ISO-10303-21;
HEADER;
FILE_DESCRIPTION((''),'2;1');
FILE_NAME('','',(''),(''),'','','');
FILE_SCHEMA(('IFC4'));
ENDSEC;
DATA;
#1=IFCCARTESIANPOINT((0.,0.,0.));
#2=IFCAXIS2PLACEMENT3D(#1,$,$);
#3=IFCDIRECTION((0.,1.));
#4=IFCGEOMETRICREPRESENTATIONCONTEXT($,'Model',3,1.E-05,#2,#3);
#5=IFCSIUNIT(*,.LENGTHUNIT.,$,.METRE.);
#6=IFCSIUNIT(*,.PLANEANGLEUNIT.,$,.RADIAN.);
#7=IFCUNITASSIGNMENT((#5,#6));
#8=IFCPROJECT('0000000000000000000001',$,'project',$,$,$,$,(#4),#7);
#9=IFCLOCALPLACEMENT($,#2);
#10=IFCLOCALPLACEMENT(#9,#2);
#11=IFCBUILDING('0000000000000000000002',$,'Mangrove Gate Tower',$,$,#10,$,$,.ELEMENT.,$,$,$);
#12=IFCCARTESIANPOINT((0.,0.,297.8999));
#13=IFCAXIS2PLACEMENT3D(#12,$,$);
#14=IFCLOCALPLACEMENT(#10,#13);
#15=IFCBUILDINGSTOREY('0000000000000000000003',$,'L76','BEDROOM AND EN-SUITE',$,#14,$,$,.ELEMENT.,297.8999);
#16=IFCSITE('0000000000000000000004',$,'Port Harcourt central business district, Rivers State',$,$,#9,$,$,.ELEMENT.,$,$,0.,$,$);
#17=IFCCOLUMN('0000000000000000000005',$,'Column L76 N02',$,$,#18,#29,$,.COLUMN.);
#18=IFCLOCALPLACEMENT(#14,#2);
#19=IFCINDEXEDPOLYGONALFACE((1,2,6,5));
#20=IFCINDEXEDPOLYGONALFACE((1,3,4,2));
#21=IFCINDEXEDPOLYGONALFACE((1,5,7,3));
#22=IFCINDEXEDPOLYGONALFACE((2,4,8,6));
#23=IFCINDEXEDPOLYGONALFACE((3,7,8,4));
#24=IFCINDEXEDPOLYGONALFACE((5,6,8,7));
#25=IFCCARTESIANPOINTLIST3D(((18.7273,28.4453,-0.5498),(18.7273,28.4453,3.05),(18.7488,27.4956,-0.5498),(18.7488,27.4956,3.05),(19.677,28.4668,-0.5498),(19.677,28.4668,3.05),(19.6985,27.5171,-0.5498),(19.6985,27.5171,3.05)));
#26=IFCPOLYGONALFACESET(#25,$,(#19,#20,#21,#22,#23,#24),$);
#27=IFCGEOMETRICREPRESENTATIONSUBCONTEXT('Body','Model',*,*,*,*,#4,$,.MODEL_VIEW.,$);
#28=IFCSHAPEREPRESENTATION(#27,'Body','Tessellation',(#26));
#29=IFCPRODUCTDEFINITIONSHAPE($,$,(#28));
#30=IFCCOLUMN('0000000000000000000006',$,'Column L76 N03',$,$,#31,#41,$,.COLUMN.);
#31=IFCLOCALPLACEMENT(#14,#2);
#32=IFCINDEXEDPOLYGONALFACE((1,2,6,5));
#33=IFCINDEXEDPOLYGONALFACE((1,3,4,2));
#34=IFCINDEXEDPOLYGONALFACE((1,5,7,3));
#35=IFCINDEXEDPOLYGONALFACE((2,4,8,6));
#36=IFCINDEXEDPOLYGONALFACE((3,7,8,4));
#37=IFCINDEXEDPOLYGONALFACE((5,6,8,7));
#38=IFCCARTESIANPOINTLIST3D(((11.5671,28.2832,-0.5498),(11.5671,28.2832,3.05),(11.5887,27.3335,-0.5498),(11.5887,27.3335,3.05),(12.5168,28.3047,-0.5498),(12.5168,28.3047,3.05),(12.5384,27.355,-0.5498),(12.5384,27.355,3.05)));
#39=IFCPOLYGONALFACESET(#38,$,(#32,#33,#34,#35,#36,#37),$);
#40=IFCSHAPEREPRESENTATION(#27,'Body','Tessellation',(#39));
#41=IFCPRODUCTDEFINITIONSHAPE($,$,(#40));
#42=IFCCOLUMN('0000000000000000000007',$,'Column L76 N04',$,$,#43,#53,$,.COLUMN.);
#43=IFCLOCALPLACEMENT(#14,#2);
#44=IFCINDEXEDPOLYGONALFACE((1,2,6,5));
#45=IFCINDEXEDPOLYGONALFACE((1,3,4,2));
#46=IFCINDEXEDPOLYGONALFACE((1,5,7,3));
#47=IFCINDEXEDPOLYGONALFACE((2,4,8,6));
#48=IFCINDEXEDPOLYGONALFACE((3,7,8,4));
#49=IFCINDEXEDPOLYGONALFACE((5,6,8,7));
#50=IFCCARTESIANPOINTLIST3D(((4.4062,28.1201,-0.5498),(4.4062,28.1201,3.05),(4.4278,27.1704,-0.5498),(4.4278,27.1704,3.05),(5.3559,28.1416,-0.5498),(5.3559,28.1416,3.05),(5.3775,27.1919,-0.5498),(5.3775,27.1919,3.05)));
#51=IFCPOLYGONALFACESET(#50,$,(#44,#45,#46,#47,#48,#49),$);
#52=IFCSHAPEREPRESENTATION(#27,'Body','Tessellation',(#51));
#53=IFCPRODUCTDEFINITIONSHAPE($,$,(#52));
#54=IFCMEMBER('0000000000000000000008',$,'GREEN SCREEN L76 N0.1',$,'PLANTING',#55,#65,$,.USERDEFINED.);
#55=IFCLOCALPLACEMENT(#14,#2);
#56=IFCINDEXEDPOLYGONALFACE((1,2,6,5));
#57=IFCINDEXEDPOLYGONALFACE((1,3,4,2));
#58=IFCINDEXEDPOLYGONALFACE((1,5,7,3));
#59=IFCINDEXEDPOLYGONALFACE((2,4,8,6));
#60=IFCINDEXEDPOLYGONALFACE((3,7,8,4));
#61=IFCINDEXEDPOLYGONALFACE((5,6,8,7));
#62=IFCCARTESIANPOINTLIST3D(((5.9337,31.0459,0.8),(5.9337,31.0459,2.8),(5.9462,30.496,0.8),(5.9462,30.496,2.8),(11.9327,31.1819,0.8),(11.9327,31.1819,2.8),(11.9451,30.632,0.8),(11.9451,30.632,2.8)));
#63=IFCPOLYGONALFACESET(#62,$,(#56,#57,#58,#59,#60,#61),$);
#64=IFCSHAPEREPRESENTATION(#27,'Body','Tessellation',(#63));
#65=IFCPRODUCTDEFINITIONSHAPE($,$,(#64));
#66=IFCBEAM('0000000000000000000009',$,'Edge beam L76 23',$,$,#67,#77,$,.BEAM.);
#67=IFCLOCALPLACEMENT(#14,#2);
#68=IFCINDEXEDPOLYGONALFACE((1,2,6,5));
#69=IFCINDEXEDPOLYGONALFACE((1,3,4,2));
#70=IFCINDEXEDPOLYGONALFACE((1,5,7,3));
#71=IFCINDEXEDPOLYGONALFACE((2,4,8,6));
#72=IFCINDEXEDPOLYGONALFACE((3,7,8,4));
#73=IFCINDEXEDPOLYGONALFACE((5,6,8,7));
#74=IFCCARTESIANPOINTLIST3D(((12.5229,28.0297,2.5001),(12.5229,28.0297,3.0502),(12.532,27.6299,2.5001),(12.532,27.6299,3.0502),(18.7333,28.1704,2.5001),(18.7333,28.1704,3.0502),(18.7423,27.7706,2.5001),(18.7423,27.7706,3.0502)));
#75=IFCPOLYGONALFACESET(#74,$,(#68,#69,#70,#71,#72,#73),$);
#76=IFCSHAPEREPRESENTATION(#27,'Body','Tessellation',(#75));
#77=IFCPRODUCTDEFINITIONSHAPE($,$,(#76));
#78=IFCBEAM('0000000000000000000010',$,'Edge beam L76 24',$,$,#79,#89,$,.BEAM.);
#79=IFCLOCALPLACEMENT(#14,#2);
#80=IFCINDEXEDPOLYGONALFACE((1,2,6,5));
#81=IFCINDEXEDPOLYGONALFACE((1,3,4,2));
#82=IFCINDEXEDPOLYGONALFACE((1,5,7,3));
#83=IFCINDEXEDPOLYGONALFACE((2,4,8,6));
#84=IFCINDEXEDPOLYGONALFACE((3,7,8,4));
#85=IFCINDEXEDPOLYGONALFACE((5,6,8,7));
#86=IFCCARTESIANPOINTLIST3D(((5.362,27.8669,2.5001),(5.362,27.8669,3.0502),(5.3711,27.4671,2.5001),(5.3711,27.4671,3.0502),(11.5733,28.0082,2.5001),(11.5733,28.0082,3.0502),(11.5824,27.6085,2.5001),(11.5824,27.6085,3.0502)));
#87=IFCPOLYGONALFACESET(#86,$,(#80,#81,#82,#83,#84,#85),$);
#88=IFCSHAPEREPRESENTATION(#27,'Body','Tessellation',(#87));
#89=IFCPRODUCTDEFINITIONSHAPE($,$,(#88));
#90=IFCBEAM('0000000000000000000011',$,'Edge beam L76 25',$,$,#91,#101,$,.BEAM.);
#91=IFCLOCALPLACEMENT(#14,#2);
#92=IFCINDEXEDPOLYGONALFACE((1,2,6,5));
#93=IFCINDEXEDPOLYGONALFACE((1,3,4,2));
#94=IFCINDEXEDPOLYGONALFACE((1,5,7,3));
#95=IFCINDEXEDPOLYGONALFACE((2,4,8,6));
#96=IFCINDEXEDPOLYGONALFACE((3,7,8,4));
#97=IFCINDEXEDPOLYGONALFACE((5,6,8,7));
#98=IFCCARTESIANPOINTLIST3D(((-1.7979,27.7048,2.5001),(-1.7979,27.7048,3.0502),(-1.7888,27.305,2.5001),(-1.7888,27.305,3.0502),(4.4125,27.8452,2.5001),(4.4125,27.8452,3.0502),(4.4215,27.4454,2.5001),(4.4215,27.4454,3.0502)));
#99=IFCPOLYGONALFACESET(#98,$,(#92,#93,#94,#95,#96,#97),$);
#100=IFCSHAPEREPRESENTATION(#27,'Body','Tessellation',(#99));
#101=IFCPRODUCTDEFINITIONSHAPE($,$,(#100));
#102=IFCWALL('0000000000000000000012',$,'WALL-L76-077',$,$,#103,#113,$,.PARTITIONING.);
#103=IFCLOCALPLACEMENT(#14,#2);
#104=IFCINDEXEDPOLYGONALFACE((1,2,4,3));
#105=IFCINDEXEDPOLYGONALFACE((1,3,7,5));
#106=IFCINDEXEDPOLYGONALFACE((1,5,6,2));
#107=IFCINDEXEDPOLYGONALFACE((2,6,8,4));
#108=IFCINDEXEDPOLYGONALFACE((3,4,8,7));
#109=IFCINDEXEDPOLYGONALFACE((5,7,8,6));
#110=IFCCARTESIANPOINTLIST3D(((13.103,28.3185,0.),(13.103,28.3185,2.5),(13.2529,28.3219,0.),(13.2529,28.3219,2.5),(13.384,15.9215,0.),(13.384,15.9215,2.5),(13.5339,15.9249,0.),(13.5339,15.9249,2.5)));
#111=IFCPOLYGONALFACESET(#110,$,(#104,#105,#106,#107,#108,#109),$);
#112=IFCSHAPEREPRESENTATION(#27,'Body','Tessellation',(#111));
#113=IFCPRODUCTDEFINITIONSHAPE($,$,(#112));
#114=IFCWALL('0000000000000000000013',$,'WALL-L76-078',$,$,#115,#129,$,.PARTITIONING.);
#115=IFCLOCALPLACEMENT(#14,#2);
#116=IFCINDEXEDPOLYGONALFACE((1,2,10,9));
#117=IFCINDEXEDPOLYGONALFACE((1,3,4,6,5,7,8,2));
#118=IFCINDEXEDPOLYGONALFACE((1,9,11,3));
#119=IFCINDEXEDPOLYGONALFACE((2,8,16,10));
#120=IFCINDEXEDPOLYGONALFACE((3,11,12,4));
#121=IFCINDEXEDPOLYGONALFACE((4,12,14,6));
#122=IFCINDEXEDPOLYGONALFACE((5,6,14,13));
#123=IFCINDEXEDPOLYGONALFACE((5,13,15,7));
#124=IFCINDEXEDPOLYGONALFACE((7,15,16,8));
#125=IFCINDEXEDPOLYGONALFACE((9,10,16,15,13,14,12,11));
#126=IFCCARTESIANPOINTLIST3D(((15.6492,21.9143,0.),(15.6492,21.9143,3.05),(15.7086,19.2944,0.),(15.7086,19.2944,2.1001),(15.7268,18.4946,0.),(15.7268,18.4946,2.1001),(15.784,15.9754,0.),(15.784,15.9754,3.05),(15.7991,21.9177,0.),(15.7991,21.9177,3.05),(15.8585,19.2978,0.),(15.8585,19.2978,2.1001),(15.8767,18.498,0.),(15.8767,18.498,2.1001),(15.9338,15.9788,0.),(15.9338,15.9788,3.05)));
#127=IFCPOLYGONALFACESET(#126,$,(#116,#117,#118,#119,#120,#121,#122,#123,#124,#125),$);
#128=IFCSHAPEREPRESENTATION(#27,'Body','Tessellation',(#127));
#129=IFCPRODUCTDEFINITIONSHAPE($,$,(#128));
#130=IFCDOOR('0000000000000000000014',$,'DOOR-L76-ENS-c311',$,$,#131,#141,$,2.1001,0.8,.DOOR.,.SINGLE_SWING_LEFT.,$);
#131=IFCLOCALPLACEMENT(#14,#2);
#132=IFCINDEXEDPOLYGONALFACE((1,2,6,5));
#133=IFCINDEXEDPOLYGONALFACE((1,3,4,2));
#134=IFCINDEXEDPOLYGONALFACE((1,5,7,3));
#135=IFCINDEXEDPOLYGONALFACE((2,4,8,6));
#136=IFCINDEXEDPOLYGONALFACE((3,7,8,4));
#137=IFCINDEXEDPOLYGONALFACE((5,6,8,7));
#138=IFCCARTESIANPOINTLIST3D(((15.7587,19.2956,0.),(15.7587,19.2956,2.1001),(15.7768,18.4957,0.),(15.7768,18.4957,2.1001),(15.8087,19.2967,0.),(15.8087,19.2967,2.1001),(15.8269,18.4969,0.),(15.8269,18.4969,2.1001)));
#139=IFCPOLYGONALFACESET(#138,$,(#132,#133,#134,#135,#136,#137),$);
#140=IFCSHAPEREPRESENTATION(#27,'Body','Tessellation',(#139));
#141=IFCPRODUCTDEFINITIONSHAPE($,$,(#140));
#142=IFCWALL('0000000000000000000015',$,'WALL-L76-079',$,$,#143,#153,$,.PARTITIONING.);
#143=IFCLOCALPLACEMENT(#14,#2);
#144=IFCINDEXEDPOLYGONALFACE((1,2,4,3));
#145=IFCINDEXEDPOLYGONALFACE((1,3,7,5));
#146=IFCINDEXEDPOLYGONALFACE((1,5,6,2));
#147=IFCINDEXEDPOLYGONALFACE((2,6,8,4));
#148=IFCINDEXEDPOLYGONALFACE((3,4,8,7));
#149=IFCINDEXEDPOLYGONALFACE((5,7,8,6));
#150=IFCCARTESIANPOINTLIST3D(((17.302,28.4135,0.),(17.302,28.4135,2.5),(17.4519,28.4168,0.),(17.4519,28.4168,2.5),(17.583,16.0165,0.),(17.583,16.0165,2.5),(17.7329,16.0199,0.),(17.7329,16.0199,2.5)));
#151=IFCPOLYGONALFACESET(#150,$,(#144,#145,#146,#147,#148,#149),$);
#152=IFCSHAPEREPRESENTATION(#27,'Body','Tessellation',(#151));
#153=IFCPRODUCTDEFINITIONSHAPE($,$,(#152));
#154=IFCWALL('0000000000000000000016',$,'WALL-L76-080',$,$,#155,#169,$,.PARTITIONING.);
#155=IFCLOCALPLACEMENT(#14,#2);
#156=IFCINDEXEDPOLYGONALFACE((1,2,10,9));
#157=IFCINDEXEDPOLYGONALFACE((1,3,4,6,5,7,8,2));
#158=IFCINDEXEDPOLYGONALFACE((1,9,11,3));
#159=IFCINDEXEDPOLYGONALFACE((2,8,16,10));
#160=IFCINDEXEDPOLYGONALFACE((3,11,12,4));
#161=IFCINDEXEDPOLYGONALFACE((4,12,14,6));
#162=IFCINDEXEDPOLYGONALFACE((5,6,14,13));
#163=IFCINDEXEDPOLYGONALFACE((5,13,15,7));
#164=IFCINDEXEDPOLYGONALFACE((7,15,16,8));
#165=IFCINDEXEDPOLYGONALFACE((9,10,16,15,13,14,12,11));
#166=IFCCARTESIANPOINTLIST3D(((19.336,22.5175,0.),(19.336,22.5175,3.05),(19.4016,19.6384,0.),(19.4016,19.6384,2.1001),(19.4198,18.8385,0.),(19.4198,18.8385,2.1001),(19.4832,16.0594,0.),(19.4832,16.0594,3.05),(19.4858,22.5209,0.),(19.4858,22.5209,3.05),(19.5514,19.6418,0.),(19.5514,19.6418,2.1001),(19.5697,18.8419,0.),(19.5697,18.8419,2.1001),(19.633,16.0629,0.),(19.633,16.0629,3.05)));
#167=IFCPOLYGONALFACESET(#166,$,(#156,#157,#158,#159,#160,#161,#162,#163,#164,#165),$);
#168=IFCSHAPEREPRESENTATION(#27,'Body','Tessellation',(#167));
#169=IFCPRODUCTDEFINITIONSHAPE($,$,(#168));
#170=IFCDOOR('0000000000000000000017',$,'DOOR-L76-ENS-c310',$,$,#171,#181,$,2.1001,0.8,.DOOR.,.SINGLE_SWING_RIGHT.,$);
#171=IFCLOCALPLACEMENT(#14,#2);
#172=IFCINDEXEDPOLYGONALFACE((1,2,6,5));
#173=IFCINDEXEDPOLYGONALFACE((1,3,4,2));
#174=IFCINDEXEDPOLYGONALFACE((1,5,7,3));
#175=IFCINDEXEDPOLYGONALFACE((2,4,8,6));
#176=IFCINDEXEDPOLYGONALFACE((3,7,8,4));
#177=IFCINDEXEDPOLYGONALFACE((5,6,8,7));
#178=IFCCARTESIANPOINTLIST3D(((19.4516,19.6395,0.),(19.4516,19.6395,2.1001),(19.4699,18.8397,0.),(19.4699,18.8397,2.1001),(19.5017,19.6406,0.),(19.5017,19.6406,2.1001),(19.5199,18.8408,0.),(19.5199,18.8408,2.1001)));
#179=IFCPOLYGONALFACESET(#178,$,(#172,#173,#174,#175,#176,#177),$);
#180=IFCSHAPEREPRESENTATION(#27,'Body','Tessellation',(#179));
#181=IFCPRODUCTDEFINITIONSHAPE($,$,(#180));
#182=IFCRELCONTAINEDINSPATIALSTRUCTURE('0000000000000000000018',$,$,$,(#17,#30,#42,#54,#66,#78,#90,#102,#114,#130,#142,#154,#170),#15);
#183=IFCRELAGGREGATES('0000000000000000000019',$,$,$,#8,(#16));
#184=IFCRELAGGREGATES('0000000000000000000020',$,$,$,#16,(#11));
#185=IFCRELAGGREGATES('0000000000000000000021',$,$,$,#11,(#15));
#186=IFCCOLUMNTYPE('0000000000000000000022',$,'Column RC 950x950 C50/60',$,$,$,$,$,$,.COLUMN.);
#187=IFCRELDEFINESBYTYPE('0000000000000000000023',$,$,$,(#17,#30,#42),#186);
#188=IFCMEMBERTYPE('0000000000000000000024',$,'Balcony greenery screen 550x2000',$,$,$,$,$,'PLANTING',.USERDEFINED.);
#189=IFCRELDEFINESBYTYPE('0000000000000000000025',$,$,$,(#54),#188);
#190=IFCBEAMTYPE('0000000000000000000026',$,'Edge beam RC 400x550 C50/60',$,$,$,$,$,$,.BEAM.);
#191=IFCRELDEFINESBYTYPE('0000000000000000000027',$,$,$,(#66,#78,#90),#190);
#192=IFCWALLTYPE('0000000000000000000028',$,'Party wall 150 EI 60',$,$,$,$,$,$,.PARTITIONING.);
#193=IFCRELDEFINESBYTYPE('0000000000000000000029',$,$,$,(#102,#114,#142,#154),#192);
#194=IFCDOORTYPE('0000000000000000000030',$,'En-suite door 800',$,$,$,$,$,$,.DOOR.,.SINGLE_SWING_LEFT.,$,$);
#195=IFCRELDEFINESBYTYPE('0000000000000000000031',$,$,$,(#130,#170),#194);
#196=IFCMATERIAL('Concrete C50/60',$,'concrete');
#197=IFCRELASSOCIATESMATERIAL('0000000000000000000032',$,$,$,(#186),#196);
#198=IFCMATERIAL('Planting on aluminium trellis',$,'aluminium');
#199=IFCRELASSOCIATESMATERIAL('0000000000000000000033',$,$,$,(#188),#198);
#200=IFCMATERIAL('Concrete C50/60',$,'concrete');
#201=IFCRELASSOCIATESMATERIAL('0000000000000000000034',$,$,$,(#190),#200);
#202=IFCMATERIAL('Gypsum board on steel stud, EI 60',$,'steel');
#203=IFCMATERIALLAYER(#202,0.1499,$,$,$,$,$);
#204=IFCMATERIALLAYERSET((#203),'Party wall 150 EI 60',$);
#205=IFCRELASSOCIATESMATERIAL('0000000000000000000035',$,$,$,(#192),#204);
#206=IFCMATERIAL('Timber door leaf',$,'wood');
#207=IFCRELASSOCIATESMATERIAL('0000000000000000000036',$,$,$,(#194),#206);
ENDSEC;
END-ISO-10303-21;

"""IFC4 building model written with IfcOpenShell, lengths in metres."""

from ifc_helpers import new_model, si_unit, direction, frame, frame_2d, origin, origin_2d, place, context, subcontext, project, spatial, rectangle, extrude, material, layer, layer_set, material_profile, profile_set, type_object, element, fill, save


model = new_model("IFC4")

# Units and contexts
model_context = context("Model", 3, precision=1e-05, world=origin(), true_north=direction((0.0, 1.0)))
body_context = subcontext(model_context, "Body", "Model", "MODEL_VIEW")
ifc_project = project(units=[si_unit("LENGTHUNIT", "METRE"), si_unit("PLANEANGLEUNIT", "RADIAN")], contexts=[model_context])

# Site, building, storey
site_placement = place(None, origin())
site = spatial("IfcSite", under=ifc_project, at=site_placement, Name="Port Harcourt central business district, Rivers State", CompositionType="ELEMENT", RefElevation=0.0)
building_placement = place(site_placement, origin())
building = spatial("IfcBuilding", under=site, at=building_placement, Name="Mangrove Gate Tower", CompositionType="ELEMENT")
storey_placement = place(building_placement, frame((0.0, 0.0, 297.8999)))
storey = spatial("IfcBuildingStorey", under=building, at=storey_placement, Name="L76", Description="BEDROOM AND EN-SUITE", CompositionType="ELEMENT", Elevation=297.8999)

# Columns
ifc_material_1 = material(Name="Concrete C50/60", Category="concrete")
ifc_material_profile_1 = material_profile(ifc_material_1, rectangle(XDim=0.95, YDim=0.95, at=origin_2d()))
ifc_profile_set_1 = profile_set([ifc_material_profile_1], Name="Concrete C50/60")
column_type = type_object("IfcColumnType", Name="Column RC 950x950 C50/60", PredefinedType="COLUMN", material=ifc_profile_set_1)
for number, where, z_axis, x_axis, name in (
    (1, (19.2129, 27.9812, -0.5498), (0.0, 0.0, 1.0), (-0.999743, -0.022688, 0.0), "Column L76 N02"),
    (2, (12.0527, 27.8191, -0.5498), (0.0, 0.0, 1.0), (-0.999743, -0.022688, 0.0), "Column L76 N03"),
    (3, (4.8918, 27.656, -0.5498), (0.0, 0.0, 1.0), (-0.999743, -0.022688, 0.0), "Column L76 N04"),
):
    element("IfcColumn", number, at=place(storey_placement, frame(where, z_axis=z_axis, x_axis=x_axis)), inside=storey, type_object=column_type, Name=name, PredefinedType="COLUMN", context=body_context, shape_type="SweptSolid", body=[
        extrude(rectangle(XDim=0.95, YDim=0.95, at=origin_2d()), origin(), (0.0, 0.0, 1.0), 3.5999),
    ])

# Member
ifc_material_2 = material(Name="Planting on aluminium trellis", Category="aluminium")
ifc_material_profile_2 = material_profile(ifc_material_2, rectangle(XDim=0.55, YDim=2.0, at=origin_2d()))
ifc_profile_set_2 = profile_set([ifc_material_profile_2], Name="Planting on aluminium trellis")
member_type = type_object("IfcMemberType", Name="Balcony greenery screen 550x2000", ElementType="PLANTING", PredefinedType="USERDEFINED", material=ifc_profile_set_2)
member_placement = place(storey_placement, frame((5.9399, 30.771, 1.8), z_axis=(0.999743, 0.022662, 0.0), x_axis=(-0.022662, 0.999743, 0.0)))
element("IfcMember", 4, at=member_placement, inside=storey, type_object=member_type, Name="GREEN SCREEN L76 N0.1", ObjectType="PLANTING", PredefinedType="USERDEFINED", context=body_context, shape_type="SweptSolid", body=[
    extrude(rectangle(XDim=0.55, YDim=2.0, at=origin_2d()), origin(), (0.0, 0.0, 1.0), 6.0005),
])

# Beams
ifc_material_3 = material(Name="Concrete C50/60", Category="concrete")
ifc_material_profile_3 = material_profile(ifc_material_3, rectangle(XDim=0.3999, YDim=0.55, at=origin_2d()))
ifc_profile_set_3 = profile_set([ifc_material_profile_3], Name="Concrete C50/60")
beam_type = type_object("IfcBeamType", Name="Edge beam RC 400x550 C50/60", PredefinedType="BEAM", material=ifc_profile_set_3)
beam_1_placement = place(storey_placement, frame((18.7378, 27.9705, 2.7751), z_axis=(-0.999744, -0.022638, 0.0), x_axis=(0.022638, -0.999744, 0.0)))
element("IfcBeam", 5, at=beam_1_placement, inside=storey, type_object=beam_type, Name="Edge beam L76 23", PredefinedType="BEAM", context=body_context, shape_type="SweptSolid", body=[
    extrude(rectangle(XDim=0.3999, YDim=0.55, at=origin_2d()), origin(), (0.0, 0.0, 1.0), 6.2119),
])
beam_2_placement = place(storey_placement, frame((11.5779, 27.8083, 2.7751), z_axis=(-0.999741, -0.022753, 0.0), x_axis=(0.022753, -0.999741, 0.0)))
element("IfcBeam", 6, at=beam_2_placement, inside=storey, type_object=beam_type, Name="Edge beam L76 24", PredefinedType="BEAM", context=body_context, shape_type="SweptSolid", body=[
    extrude(rectangle(XDim=0.3999, YDim=0.55, at=origin_2d()), origin(), (0.0, 0.0, 1.0), 6.2129),
])
beam_3_placement = place(storey_placement, frame((4.417, 27.6453, 2.7751), z_axis=(-0.999745, -0.022598, 0.0), x_axis=(0.022598, -0.999745, 0.0)))
element("IfcBeam", 7, at=beam_3_placement, inside=storey, type_object=beam_type, Name="Edge beam L76 25", PredefinedType="BEAM", context=body_context, shape_type="SweptSolid", body=[
    extrude(rectangle(XDim=0.3999, YDim=0.55, at=origin_2d()), origin(), (0.0, 0.0, 1.0), 6.2119),
])

# Wall
ifc_material_4 = material(Name="Gypsum board on steel stud, EI 60", Category="steel")
ifc_layer_1 = layer(ifc_material_4, 0.1499)
ifc_layer_set_1 = layer_set([ifc_layer_1], Name="Party wall 150 EI 60")
wall_type_1 = type_object("IfcWallType", Name="Party wall 150 EI 60", PredefinedType="PARTITIONING", material=ifc_layer_set_1)
wall_1_placement = place(storey_placement, frame((13.459, 15.9231, 0.0), z_axis=(0.0, 0.0, 1.0), x_axis=(-0.022661, 0.999743, 0.0)))
element("IfcWall", 8, at=wall_1_placement, inside=storey, type_object=wall_type_1, Name="WALL-L76-077", PredefinedType="PARTITIONING", context=body_context, shape_type="SweptSolid", body=[
    extrude(rectangle(XDim=12.4001, YDim=0.1499, at=frame_2d((6.2002, 0.0))), origin(), (0.0, 0.0, 1.0), 2.5),
])

# Wall, opening, door
wall_2_placement = place(storey_placement, frame((15.8589, 15.9771, 0.0), z_axis=(0.0, 0.0, 1.0), x_axis=(-0.022686, 0.999743, 0.0)))
wall_2 = element("IfcWall", 9, at=wall_2_placement, inside=storey, type_object=wall_type_1, Name="WALL-L76-078", PredefinedType="PARTITIONING", context=body_context, shape_type="SweptSolid", body=[
    extrude(rectangle(XDim=5.9404, YDim=0.1499, at=frame_2d((2.9702, 0.0))), origin(), (0.0, 0.0, 1.0), 3.05),
])
opening_1_placement = place(wall_2_placement, frame((2.52, 0.0, 0.0)))
opening_1 = element("IfcOpeningElement", 10, at=opening_1_placement, cuts=wall_2, PredefinedType="OPENING", context=body_context, shape_type="SweptSolid", body=[
    extrude(rectangle(XDim=0.8, YDim=2.1001, at=frame_2d((0.3999, 1.05))), frame((0.0, 0.085, 0.0), z_axis=(0.0, -1.0, 0.0), x_axis=(1.0, 0.0, 0.0)), (0.0, 0.0, 1.0), 0.1699),
])
ifc_material_5 = material(Name="Timber door leaf", Category="wood")
door_type = type_object("IfcDoorType", Name="En-suite door 800", OperationType="SINGLE_SWING_LEFT", PredefinedType="DOOR", material=ifc_material_5)
door_1_placement = place(opening_1_placement, origin())
door_1 = element("IfcDoor", 11, at=door_1_placement, inside=storey, type_object=door_type, Name="DOOR-L76-ENS-c311", OperationType="SINGLE_SWING_LEFT", OverallHeight=2.1001, OverallWidth=0.8, PredefinedType="DOOR", context=body_context, shape_type="SweptSolid", body=[
    extrude(rectangle(XDim=0.8, YDim=2.1001, at=frame_2d((0.3999, 1.05))), frame((0.0, 0.0249, 0.0), z_axis=(0.0, -1.0, 0.0), x_axis=(1.0, 0.0, 0.0)), (0.0, 0.0, 1.0), 0.05),
])
fill(opening_1, door_1)

# Wall
wall_3_placement = place(storey_placement, frame((17.658, 16.0181, 0.0), z_axis=(0.0, 0.0, 1.0), x_axis=(-0.022661, 0.999743, 0.0)))
element("IfcWall", 12, at=wall_3_placement, inside=storey, type_object=wall_type_1, Name="WALL-L76-079", PredefinedType="PARTITIONING", context=body_context, shape_type="SweptSolid", body=[
    extrude(rectangle(XDim=12.4001, YDim=0.1499, at=frame_2d((6.2002, 0.0))), origin(), (0.0, 0.0, 1.0), 2.5),
])

# Wall, opening, door
wall_4_placement = place(storey_placement, frame((19.5581, 16.061, 0.0), z_axis=(0.0, 0.0, 1.0), x_axis=(-0.02279, 0.99974, 0.0)))
wall_4 = element("IfcWall", 13, at=wall_4_placement, inside=storey, type_object=wall_type_1, Name="WALL-L76-080", PredefinedType="PARTITIONING", context=body_context, shape_type="SweptSolid", body=[
    extrude(rectangle(XDim=6.4597, YDim=0.1499, at=frame_2d((3.23, 0.0))), origin(), (0.0, 0.0, 1.0), 3.05),
])
opening_2_placement = place(wall_4_placement, frame((2.78, 0.0, 0.0)))
opening_2 = element("IfcOpeningElement", 14, at=opening_2_placement, cuts=wall_4, PredefinedType="OPENING", context=body_context, shape_type="SweptSolid", body=[
    extrude(rectangle(XDim=0.8, YDim=2.1001, at=frame_2d((0.3999, 1.05))), frame((0.0, 0.085, 0.0), z_axis=(0.0, -1.0, 0.0), x_axis=(1.0, 0.0, 0.0)), (0.0, 0.0, 1.0), 0.1699),
])
door_2_placement = place(opening_2_placement, origin())
door_2 = element("IfcDoor", 15, at=door_2_placement, inside=storey, type_object=door_type, Name="DOOR-L76-ENS-c310", OperationType="SINGLE_SWING_RIGHT", OverallHeight=2.1001, OverallWidth=0.8, PredefinedType="DOOR", context=body_context, shape_type="SweptSolid", body=[
    extrude(rectangle(XDim=0.8, YDim=2.1001, at=frame_2d((0.3999, 1.05))), frame((0.0, 0.0249, 0.0), z_axis=(0.0, -1.0, 0.0), x_axis=(1.0, 0.0, 0.0)), (0.0, 0.0, 1.0), 0.05),
])
fill(opening_2, door_2)

save(model, "model.ifc")
